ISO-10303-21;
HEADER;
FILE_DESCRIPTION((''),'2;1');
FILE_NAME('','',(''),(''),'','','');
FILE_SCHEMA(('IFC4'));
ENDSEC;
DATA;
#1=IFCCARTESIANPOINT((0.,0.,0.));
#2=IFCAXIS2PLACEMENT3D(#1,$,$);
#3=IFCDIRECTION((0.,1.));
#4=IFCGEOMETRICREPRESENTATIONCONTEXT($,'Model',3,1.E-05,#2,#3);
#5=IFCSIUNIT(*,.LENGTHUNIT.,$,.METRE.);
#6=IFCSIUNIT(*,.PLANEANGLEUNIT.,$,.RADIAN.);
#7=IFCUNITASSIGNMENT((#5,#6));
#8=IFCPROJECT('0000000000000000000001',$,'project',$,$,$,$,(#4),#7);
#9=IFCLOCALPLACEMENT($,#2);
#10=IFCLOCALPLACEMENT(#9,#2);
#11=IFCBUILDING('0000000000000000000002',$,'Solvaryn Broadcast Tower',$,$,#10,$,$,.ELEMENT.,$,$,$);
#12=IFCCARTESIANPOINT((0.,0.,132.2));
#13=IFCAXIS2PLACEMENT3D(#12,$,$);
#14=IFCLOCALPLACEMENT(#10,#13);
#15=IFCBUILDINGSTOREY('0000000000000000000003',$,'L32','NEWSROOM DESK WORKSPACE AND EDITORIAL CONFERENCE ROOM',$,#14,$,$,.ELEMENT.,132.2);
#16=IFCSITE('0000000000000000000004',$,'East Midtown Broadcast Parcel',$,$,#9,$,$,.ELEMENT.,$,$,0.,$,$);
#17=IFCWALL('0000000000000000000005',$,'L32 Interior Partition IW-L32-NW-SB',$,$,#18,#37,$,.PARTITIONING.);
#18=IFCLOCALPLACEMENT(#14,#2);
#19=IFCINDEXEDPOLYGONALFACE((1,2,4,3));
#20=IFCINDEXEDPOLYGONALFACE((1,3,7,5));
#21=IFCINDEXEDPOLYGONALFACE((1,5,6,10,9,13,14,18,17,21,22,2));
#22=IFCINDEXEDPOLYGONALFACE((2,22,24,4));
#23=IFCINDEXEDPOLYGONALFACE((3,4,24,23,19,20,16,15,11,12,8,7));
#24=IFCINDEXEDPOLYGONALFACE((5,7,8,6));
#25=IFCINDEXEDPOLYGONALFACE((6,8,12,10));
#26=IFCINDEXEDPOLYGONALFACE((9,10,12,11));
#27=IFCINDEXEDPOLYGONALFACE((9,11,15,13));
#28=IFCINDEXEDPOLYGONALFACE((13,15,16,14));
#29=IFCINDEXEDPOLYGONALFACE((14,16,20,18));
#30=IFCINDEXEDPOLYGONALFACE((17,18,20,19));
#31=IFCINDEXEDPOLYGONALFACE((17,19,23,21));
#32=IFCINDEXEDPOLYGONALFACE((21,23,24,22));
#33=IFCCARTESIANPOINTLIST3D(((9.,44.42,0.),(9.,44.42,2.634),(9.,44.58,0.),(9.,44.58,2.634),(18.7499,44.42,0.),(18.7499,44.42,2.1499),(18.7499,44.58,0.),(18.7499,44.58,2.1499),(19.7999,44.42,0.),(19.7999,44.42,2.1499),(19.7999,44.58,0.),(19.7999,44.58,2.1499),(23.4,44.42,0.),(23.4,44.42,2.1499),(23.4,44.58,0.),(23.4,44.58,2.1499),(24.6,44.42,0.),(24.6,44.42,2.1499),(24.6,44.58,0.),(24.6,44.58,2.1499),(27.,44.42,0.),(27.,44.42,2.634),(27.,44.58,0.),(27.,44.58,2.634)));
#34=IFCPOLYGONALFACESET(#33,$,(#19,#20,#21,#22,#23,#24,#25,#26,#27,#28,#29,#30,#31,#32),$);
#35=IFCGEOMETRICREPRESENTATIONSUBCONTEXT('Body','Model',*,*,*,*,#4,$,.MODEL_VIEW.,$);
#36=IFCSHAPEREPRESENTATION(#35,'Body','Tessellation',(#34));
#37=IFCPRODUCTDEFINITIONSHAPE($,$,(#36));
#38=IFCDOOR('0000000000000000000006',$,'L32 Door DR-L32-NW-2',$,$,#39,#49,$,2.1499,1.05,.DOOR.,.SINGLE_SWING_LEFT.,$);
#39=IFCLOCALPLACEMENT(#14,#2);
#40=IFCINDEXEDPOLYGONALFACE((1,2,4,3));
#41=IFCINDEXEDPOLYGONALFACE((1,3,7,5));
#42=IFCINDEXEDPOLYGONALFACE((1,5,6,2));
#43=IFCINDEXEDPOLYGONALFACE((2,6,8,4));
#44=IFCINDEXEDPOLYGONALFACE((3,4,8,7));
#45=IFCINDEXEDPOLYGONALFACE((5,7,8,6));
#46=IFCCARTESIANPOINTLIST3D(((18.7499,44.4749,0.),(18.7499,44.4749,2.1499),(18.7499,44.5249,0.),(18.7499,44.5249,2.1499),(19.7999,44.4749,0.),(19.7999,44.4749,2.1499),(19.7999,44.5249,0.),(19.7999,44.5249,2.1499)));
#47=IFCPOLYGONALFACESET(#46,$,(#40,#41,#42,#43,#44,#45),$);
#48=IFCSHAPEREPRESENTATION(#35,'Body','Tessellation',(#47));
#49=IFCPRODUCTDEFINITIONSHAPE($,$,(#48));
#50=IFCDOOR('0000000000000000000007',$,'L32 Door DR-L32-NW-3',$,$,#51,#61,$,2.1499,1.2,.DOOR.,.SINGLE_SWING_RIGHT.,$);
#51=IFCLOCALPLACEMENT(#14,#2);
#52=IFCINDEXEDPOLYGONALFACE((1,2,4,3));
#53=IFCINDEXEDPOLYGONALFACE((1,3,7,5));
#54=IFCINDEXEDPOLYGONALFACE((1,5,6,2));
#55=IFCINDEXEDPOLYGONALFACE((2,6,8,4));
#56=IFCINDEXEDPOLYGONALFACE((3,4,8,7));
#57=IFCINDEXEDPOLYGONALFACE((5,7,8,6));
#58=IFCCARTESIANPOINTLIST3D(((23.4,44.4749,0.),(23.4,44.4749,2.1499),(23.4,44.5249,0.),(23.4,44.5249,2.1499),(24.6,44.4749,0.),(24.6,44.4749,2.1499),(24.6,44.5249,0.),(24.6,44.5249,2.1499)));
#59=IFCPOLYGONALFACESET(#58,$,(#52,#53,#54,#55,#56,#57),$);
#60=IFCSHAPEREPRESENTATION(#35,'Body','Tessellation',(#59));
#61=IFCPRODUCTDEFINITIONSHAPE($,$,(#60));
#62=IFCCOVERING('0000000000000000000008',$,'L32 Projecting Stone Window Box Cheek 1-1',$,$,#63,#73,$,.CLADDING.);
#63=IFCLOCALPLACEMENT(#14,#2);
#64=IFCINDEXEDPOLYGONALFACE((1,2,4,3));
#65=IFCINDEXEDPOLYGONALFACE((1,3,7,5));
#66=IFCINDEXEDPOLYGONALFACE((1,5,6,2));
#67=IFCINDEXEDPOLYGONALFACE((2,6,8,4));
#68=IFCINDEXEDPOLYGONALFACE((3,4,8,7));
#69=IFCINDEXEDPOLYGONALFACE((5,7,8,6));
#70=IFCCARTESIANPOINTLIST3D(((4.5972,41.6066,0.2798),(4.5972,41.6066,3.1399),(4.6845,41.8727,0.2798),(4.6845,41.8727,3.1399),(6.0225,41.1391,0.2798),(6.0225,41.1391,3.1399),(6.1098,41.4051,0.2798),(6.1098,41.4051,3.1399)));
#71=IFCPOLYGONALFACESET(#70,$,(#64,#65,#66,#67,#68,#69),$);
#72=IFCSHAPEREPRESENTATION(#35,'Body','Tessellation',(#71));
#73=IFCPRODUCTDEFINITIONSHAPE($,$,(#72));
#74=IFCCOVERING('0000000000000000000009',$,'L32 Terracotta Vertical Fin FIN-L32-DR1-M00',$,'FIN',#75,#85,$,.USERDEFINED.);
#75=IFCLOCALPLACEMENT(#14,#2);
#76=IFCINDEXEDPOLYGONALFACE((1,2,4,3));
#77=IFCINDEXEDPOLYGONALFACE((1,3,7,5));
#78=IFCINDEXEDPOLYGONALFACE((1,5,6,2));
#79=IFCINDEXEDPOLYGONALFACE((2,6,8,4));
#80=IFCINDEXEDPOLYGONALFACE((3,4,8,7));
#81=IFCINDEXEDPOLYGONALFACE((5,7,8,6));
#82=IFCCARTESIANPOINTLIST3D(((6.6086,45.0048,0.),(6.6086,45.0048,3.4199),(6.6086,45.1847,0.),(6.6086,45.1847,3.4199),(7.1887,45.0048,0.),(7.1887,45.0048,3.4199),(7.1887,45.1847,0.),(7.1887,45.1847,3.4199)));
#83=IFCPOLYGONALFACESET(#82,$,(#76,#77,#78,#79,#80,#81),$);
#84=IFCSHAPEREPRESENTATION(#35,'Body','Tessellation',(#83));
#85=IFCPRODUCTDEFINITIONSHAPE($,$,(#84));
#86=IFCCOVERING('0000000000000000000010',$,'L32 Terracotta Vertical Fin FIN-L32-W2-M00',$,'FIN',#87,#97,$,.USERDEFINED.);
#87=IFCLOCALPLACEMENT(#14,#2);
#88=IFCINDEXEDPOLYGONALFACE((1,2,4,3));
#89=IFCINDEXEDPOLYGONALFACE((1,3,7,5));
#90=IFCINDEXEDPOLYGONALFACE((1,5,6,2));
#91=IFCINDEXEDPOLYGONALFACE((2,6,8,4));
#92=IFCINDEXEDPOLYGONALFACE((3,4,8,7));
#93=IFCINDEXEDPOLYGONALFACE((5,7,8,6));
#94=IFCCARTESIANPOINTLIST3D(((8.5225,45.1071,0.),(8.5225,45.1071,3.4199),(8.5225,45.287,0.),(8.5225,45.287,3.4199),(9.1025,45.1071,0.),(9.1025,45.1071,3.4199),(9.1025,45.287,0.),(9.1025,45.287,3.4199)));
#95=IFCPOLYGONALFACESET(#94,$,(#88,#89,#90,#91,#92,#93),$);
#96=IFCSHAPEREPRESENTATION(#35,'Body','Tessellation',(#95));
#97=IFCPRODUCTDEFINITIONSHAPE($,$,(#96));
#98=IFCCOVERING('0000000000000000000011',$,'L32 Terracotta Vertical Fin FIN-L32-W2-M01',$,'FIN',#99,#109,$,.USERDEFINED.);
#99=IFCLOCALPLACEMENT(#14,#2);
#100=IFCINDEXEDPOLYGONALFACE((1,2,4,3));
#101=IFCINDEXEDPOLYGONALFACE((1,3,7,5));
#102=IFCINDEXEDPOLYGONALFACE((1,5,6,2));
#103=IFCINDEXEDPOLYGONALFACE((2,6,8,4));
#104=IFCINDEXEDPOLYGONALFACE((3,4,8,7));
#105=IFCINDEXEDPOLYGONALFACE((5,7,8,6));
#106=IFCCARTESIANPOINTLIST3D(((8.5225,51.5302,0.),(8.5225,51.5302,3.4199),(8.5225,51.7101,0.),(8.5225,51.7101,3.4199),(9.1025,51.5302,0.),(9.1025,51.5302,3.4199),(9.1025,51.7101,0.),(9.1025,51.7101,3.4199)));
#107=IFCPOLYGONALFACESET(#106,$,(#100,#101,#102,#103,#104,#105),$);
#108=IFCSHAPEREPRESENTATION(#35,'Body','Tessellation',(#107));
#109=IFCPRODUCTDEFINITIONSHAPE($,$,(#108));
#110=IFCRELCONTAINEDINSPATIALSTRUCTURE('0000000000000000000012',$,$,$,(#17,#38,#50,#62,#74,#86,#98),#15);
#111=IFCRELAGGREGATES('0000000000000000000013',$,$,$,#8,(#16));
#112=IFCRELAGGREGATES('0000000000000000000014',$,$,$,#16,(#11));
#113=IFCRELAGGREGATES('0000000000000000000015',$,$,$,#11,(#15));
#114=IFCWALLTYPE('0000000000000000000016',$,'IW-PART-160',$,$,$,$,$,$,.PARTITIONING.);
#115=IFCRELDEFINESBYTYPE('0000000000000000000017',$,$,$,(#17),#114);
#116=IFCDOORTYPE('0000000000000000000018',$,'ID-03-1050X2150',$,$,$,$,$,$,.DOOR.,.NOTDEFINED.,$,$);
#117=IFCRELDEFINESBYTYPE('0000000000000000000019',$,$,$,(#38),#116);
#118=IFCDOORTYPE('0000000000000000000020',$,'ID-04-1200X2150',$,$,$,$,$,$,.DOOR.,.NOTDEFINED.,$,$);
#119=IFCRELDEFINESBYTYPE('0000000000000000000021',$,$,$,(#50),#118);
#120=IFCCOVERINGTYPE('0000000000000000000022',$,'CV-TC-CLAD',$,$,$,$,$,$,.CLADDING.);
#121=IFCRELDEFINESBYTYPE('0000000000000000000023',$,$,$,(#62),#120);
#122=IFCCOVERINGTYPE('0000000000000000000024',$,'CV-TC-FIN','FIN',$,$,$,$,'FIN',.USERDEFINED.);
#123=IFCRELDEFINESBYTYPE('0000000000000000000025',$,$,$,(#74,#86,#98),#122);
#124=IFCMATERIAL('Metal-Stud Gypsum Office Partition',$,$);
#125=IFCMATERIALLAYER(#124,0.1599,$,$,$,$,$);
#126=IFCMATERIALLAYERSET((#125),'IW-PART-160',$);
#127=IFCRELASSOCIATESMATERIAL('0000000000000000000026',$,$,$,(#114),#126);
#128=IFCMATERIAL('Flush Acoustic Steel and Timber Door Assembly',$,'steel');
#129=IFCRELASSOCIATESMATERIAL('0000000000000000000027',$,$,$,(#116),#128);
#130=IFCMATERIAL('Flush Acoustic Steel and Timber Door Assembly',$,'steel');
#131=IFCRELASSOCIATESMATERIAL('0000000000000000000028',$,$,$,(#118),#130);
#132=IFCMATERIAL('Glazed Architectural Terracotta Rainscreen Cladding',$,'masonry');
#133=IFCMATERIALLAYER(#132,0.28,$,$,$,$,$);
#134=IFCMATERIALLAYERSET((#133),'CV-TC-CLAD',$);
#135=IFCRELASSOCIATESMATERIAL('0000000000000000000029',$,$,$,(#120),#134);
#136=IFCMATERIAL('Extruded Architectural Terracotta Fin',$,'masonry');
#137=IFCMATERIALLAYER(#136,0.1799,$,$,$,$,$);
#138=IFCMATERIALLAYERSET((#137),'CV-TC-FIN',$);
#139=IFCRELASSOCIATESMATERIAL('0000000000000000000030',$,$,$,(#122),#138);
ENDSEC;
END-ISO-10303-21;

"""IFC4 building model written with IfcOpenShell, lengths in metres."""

from ifc_helpers import new_model, si_unit, direction, frame, frame_2d, origin, origin_2d, place, context, subcontext, project, spatial, rectangle, extrude, material, layer, layer_set, type_object, element, fill, save


model = new_model("IFC4")

# Units and contexts
model_context = context("Model", 3, precision=1e-05, world=origin(), true_north=direction((0.0, 1.0)))
body_context = subcontext(model_context, "Body", "Model", "MODEL_VIEW")
ifc_project = project(units=[si_unit("LENGTHUNIT", "METRE"), si_unit("PLANEANGLEUNIT", "RADIAN")], contexts=[model_context])

# Site, building, storey
site_placement = place(None, origin())
site = spatial("IfcSite", under=ifc_project, at=site_placement, Name="East Midtown Broadcast Parcel", CompositionType="ELEMENT", RefElevation=0.0)
building_placement = place(site_placement, origin())
building = spatial("IfcBuilding", under=site, at=building_placement, Name="Solvaryn Broadcast Tower", CompositionType="ELEMENT")
storey_placement = place(building_placement, frame((0.0, 0.0, 132.2)))
storey = spatial("IfcBuildingStorey", under=building, at=storey_placement, Name="L32", Description="NEWSROOM DESK WORKSPACE AND EDITORIAL CONFERENCE ROOM", CompositionType="ELEMENT", Elevation=132.2)

# Shared definitions
ifc_material_1 = material(Name="Metal-Stud Gypsum Office Partition")
ifc_layer_1 = layer(ifc_material_1, 0.1599)
ifc_layer_set_1 = layer_set([ifc_layer_1], Name="IW-PART-160")
wall_type_1 = type_object("IfcWallType", Name="IW-PART-160", PredefinedType="PARTITIONING", material=ifc_layer_set_1)

# Wall, openings, doors
wall_1_placement = place(storey_placement, frame((9.0, 44.5, 0.0), z_axis=(0.0, 0.0, 1.0), x_axis=(1.0, 0.0, 0.0)))
wall_1 = element("IfcWall", 1, at=wall_1_placement, inside=storey, type_object=wall_type_1, Name="L32 Interior Partition IW-L32-NW-SB", PredefinedType="PARTITIONING", context=body_context, shape_type="SweptSolid", body=[
    extrude(rectangle(XDim=18.0, YDim=0.1599, at=frame_2d((9.0, 0.0))), origin(), (0.0, 0.0, 1.0), 2.634),
])
opening_1_placement = place(wall_1_placement, frame((9.75, 0.0, 0.0)))
opening_1 = element("IfcOpeningElement", 2, at=opening_1_placement, cuts=wall_1, PredefinedType="OPENING", context=body_context, shape_type="SweptSolid", body=[
    extrude(rectangle(XDim=1.05, YDim=2.1499, at=frame_2d((0.5249, 1.075))), frame((0.0, 0.0901, 0.0), z_axis=(0.0, -1.0, 0.0), x_axis=(1.0, 0.0, 0.0)), (0.0, 0.0, 1.0), 0.1799),
])
opening_2_placement = place(wall_1_placement, frame((14.3999, 0.0, 0.0)))
opening_2 = element("IfcOpeningElement", 3, at=opening_2_placement, cuts=wall_1, PredefinedType="OPENING", context=body_context, shape_type="SweptSolid", body=[
    extrude(rectangle(XDim=1.2, YDim=2.1499, at=frame_2d((0.6001, 1.075))), frame((0.0, 0.0901, 0.0), z_axis=(0.0, -1.0, 0.0), x_axis=(1.0, 0.0, 0.0)), (0.0, 0.0, 1.0), 0.1799),
])
ifc_material_2 = material(Name="Flush Acoustic Steel and Timber Door Assembly", Category="steel")
door_type_1 = type_object("IfcDoorType", Name="ID-03-1050X2150", OperationType="NOTDEFINED", PredefinedType="DOOR", material=ifc_material_2)
door_1_placement = place(opening_1_placement, origin())
door_1 = element("IfcDoor", 4, at=door_1_placement, inside=storey, type_object=door_type_1, Name="L32 Door DR-L32-NW-2", OperationType="SINGLE_SWING_LEFT", OverallHeight=2.1499, OverallWidth=1.05, PredefinedType="DOOR", context=body_context, shape_type="SweptSolid", body=[
    extrude(rectangle(XDim=1.05, YDim=2.1499, at=frame_2d((0.5249, 1.075))), frame((0.0, 0.0249, 0.0), z_axis=(0.0, -1.0, 0.0), x_axis=(1.0, 0.0, 0.0)), (0.0, 0.0, 1.0), 0.05),
])
fill(opening_1, door_1)
ifc_material_3 = material(Name="Flush Acoustic Steel and Timber Door Assembly", Category="steel")
door_type_2 = type_object("IfcDoorType", Name="ID-04-1200X2150", OperationType="NOTDEFINED", PredefinedType="DOOR", material=ifc_material_3)
door_2_placement = place(opening_2_placement, origin())
door_2 = element("IfcDoor", 5, at=door_2_placement, inside=storey, type_object=door_type_2, Name="L32 Door DR-L32-NW-3", OperationType="SINGLE_SWING_RIGHT", OverallHeight=2.1499, OverallWidth=1.2, PredefinedType="DOOR", context=body_context, shape_type="SweptSolid", body=[
    extrude(rectangle(XDim=1.2, YDim=2.1499, at=frame_2d((0.6001, 1.075))), frame((0.0, 0.0249, 0.0), z_axis=(0.0, -1.0, 0.0), x_axis=(1.0, 0.0, 0.0)), (0.0, 0.0, 1.0), 0.05),
])
fill(opening_2, door_2)

# Coverings
ifc_material_4 = material(Name="Glazed Architectural Terracotta Rainscreen Cladding", Category="masonry")
ifc_layer_2 = layer(ifc_material_4, 0.28)
ifc_layer_set_2 = layer_set([ifc_layer_2], Name="CV-TC-CLAD")
covering_type_1 = type_object("IfcCoveringType", Name="CV-TC-CLAD", PredefinedType="CLADDING", material=ifc_layer_set_2)
covering_placement = place(storey_placement, frame((5.3535, 41.5059, 0.2798), z_axis=(0.0, 0.0, 1.0), x_axis=(-0.311672, -0.95019, 0.0)))
element("IfcCovering", 6, at=covering_placement, inside=storey, type_object=covering_type_1, Name="L32 Projecting Stone Window Box Cheek 1-1", PredefinedType="CLADDING", context=body_context, shape_type="SweptSolid", body=[
    extrude(rectangle(XDim=0.28, YDim=1.5, at=origin_2d()), origin(), (0.0, 0.0, 1.0), 2.8601),
])
ifc_material_5 = material(Name="Extruded Architectural Terracotta Fin", Category="masonry")
ifc_layer_3 = layer(ifc_material_5, 0.1799)
ifc_layer_set_3 = layer_set([ifc_layer_3], Name="CV-TC-FIN")
covering_type_2 = type_object("IfcCoveringType", Name="CV-TC-FIN", Description="FIN", ElementType="FIN", PredefinedType="USERDEFINED", material=ifc_layer_set_3)
for number, where, z_axis, x_axis, name in (
    (7, (6.8987, 45.0947, 0.0), (0.0, 0.0, 1.0), (1.0, 0.0, 0.0), "L32 Terracotta Vertical Fin FIN-L32-DR1-M00"),
    (8, (8.8125, 45.197, 0.0), (0.0, 0.0, 1.0), (1.0, 0.0, 0.0), "L32 Terracotta Vertical Fin FIN-L32-W2-M00"),
    (9, (8.8125, 51.6201, 0.0), (0.0, 0.0, 1.0), (1.0, 0.0, 0.0), "L32 Terracotta Vertical Fin FIN-L32-W2-M01"),
):
    element("IfcCovering", number, at=place(storey_placement, frame(where, z_axis=z_axis, x_axis=x_axis)), inside=storey, type_object=covering_type_2, Name=name, ObjectType="FIN", PredefinedType="USERDEFINED", context=body_context, shape_type="SweptSolid", body=[
        extrude(rectangle(XDim=0.5801, YDim=0.1799, at=origin_2d()), origin(), (0.0, 0.0, 1.0), 3.4199),
    ])

save(model, "model.ifc")
